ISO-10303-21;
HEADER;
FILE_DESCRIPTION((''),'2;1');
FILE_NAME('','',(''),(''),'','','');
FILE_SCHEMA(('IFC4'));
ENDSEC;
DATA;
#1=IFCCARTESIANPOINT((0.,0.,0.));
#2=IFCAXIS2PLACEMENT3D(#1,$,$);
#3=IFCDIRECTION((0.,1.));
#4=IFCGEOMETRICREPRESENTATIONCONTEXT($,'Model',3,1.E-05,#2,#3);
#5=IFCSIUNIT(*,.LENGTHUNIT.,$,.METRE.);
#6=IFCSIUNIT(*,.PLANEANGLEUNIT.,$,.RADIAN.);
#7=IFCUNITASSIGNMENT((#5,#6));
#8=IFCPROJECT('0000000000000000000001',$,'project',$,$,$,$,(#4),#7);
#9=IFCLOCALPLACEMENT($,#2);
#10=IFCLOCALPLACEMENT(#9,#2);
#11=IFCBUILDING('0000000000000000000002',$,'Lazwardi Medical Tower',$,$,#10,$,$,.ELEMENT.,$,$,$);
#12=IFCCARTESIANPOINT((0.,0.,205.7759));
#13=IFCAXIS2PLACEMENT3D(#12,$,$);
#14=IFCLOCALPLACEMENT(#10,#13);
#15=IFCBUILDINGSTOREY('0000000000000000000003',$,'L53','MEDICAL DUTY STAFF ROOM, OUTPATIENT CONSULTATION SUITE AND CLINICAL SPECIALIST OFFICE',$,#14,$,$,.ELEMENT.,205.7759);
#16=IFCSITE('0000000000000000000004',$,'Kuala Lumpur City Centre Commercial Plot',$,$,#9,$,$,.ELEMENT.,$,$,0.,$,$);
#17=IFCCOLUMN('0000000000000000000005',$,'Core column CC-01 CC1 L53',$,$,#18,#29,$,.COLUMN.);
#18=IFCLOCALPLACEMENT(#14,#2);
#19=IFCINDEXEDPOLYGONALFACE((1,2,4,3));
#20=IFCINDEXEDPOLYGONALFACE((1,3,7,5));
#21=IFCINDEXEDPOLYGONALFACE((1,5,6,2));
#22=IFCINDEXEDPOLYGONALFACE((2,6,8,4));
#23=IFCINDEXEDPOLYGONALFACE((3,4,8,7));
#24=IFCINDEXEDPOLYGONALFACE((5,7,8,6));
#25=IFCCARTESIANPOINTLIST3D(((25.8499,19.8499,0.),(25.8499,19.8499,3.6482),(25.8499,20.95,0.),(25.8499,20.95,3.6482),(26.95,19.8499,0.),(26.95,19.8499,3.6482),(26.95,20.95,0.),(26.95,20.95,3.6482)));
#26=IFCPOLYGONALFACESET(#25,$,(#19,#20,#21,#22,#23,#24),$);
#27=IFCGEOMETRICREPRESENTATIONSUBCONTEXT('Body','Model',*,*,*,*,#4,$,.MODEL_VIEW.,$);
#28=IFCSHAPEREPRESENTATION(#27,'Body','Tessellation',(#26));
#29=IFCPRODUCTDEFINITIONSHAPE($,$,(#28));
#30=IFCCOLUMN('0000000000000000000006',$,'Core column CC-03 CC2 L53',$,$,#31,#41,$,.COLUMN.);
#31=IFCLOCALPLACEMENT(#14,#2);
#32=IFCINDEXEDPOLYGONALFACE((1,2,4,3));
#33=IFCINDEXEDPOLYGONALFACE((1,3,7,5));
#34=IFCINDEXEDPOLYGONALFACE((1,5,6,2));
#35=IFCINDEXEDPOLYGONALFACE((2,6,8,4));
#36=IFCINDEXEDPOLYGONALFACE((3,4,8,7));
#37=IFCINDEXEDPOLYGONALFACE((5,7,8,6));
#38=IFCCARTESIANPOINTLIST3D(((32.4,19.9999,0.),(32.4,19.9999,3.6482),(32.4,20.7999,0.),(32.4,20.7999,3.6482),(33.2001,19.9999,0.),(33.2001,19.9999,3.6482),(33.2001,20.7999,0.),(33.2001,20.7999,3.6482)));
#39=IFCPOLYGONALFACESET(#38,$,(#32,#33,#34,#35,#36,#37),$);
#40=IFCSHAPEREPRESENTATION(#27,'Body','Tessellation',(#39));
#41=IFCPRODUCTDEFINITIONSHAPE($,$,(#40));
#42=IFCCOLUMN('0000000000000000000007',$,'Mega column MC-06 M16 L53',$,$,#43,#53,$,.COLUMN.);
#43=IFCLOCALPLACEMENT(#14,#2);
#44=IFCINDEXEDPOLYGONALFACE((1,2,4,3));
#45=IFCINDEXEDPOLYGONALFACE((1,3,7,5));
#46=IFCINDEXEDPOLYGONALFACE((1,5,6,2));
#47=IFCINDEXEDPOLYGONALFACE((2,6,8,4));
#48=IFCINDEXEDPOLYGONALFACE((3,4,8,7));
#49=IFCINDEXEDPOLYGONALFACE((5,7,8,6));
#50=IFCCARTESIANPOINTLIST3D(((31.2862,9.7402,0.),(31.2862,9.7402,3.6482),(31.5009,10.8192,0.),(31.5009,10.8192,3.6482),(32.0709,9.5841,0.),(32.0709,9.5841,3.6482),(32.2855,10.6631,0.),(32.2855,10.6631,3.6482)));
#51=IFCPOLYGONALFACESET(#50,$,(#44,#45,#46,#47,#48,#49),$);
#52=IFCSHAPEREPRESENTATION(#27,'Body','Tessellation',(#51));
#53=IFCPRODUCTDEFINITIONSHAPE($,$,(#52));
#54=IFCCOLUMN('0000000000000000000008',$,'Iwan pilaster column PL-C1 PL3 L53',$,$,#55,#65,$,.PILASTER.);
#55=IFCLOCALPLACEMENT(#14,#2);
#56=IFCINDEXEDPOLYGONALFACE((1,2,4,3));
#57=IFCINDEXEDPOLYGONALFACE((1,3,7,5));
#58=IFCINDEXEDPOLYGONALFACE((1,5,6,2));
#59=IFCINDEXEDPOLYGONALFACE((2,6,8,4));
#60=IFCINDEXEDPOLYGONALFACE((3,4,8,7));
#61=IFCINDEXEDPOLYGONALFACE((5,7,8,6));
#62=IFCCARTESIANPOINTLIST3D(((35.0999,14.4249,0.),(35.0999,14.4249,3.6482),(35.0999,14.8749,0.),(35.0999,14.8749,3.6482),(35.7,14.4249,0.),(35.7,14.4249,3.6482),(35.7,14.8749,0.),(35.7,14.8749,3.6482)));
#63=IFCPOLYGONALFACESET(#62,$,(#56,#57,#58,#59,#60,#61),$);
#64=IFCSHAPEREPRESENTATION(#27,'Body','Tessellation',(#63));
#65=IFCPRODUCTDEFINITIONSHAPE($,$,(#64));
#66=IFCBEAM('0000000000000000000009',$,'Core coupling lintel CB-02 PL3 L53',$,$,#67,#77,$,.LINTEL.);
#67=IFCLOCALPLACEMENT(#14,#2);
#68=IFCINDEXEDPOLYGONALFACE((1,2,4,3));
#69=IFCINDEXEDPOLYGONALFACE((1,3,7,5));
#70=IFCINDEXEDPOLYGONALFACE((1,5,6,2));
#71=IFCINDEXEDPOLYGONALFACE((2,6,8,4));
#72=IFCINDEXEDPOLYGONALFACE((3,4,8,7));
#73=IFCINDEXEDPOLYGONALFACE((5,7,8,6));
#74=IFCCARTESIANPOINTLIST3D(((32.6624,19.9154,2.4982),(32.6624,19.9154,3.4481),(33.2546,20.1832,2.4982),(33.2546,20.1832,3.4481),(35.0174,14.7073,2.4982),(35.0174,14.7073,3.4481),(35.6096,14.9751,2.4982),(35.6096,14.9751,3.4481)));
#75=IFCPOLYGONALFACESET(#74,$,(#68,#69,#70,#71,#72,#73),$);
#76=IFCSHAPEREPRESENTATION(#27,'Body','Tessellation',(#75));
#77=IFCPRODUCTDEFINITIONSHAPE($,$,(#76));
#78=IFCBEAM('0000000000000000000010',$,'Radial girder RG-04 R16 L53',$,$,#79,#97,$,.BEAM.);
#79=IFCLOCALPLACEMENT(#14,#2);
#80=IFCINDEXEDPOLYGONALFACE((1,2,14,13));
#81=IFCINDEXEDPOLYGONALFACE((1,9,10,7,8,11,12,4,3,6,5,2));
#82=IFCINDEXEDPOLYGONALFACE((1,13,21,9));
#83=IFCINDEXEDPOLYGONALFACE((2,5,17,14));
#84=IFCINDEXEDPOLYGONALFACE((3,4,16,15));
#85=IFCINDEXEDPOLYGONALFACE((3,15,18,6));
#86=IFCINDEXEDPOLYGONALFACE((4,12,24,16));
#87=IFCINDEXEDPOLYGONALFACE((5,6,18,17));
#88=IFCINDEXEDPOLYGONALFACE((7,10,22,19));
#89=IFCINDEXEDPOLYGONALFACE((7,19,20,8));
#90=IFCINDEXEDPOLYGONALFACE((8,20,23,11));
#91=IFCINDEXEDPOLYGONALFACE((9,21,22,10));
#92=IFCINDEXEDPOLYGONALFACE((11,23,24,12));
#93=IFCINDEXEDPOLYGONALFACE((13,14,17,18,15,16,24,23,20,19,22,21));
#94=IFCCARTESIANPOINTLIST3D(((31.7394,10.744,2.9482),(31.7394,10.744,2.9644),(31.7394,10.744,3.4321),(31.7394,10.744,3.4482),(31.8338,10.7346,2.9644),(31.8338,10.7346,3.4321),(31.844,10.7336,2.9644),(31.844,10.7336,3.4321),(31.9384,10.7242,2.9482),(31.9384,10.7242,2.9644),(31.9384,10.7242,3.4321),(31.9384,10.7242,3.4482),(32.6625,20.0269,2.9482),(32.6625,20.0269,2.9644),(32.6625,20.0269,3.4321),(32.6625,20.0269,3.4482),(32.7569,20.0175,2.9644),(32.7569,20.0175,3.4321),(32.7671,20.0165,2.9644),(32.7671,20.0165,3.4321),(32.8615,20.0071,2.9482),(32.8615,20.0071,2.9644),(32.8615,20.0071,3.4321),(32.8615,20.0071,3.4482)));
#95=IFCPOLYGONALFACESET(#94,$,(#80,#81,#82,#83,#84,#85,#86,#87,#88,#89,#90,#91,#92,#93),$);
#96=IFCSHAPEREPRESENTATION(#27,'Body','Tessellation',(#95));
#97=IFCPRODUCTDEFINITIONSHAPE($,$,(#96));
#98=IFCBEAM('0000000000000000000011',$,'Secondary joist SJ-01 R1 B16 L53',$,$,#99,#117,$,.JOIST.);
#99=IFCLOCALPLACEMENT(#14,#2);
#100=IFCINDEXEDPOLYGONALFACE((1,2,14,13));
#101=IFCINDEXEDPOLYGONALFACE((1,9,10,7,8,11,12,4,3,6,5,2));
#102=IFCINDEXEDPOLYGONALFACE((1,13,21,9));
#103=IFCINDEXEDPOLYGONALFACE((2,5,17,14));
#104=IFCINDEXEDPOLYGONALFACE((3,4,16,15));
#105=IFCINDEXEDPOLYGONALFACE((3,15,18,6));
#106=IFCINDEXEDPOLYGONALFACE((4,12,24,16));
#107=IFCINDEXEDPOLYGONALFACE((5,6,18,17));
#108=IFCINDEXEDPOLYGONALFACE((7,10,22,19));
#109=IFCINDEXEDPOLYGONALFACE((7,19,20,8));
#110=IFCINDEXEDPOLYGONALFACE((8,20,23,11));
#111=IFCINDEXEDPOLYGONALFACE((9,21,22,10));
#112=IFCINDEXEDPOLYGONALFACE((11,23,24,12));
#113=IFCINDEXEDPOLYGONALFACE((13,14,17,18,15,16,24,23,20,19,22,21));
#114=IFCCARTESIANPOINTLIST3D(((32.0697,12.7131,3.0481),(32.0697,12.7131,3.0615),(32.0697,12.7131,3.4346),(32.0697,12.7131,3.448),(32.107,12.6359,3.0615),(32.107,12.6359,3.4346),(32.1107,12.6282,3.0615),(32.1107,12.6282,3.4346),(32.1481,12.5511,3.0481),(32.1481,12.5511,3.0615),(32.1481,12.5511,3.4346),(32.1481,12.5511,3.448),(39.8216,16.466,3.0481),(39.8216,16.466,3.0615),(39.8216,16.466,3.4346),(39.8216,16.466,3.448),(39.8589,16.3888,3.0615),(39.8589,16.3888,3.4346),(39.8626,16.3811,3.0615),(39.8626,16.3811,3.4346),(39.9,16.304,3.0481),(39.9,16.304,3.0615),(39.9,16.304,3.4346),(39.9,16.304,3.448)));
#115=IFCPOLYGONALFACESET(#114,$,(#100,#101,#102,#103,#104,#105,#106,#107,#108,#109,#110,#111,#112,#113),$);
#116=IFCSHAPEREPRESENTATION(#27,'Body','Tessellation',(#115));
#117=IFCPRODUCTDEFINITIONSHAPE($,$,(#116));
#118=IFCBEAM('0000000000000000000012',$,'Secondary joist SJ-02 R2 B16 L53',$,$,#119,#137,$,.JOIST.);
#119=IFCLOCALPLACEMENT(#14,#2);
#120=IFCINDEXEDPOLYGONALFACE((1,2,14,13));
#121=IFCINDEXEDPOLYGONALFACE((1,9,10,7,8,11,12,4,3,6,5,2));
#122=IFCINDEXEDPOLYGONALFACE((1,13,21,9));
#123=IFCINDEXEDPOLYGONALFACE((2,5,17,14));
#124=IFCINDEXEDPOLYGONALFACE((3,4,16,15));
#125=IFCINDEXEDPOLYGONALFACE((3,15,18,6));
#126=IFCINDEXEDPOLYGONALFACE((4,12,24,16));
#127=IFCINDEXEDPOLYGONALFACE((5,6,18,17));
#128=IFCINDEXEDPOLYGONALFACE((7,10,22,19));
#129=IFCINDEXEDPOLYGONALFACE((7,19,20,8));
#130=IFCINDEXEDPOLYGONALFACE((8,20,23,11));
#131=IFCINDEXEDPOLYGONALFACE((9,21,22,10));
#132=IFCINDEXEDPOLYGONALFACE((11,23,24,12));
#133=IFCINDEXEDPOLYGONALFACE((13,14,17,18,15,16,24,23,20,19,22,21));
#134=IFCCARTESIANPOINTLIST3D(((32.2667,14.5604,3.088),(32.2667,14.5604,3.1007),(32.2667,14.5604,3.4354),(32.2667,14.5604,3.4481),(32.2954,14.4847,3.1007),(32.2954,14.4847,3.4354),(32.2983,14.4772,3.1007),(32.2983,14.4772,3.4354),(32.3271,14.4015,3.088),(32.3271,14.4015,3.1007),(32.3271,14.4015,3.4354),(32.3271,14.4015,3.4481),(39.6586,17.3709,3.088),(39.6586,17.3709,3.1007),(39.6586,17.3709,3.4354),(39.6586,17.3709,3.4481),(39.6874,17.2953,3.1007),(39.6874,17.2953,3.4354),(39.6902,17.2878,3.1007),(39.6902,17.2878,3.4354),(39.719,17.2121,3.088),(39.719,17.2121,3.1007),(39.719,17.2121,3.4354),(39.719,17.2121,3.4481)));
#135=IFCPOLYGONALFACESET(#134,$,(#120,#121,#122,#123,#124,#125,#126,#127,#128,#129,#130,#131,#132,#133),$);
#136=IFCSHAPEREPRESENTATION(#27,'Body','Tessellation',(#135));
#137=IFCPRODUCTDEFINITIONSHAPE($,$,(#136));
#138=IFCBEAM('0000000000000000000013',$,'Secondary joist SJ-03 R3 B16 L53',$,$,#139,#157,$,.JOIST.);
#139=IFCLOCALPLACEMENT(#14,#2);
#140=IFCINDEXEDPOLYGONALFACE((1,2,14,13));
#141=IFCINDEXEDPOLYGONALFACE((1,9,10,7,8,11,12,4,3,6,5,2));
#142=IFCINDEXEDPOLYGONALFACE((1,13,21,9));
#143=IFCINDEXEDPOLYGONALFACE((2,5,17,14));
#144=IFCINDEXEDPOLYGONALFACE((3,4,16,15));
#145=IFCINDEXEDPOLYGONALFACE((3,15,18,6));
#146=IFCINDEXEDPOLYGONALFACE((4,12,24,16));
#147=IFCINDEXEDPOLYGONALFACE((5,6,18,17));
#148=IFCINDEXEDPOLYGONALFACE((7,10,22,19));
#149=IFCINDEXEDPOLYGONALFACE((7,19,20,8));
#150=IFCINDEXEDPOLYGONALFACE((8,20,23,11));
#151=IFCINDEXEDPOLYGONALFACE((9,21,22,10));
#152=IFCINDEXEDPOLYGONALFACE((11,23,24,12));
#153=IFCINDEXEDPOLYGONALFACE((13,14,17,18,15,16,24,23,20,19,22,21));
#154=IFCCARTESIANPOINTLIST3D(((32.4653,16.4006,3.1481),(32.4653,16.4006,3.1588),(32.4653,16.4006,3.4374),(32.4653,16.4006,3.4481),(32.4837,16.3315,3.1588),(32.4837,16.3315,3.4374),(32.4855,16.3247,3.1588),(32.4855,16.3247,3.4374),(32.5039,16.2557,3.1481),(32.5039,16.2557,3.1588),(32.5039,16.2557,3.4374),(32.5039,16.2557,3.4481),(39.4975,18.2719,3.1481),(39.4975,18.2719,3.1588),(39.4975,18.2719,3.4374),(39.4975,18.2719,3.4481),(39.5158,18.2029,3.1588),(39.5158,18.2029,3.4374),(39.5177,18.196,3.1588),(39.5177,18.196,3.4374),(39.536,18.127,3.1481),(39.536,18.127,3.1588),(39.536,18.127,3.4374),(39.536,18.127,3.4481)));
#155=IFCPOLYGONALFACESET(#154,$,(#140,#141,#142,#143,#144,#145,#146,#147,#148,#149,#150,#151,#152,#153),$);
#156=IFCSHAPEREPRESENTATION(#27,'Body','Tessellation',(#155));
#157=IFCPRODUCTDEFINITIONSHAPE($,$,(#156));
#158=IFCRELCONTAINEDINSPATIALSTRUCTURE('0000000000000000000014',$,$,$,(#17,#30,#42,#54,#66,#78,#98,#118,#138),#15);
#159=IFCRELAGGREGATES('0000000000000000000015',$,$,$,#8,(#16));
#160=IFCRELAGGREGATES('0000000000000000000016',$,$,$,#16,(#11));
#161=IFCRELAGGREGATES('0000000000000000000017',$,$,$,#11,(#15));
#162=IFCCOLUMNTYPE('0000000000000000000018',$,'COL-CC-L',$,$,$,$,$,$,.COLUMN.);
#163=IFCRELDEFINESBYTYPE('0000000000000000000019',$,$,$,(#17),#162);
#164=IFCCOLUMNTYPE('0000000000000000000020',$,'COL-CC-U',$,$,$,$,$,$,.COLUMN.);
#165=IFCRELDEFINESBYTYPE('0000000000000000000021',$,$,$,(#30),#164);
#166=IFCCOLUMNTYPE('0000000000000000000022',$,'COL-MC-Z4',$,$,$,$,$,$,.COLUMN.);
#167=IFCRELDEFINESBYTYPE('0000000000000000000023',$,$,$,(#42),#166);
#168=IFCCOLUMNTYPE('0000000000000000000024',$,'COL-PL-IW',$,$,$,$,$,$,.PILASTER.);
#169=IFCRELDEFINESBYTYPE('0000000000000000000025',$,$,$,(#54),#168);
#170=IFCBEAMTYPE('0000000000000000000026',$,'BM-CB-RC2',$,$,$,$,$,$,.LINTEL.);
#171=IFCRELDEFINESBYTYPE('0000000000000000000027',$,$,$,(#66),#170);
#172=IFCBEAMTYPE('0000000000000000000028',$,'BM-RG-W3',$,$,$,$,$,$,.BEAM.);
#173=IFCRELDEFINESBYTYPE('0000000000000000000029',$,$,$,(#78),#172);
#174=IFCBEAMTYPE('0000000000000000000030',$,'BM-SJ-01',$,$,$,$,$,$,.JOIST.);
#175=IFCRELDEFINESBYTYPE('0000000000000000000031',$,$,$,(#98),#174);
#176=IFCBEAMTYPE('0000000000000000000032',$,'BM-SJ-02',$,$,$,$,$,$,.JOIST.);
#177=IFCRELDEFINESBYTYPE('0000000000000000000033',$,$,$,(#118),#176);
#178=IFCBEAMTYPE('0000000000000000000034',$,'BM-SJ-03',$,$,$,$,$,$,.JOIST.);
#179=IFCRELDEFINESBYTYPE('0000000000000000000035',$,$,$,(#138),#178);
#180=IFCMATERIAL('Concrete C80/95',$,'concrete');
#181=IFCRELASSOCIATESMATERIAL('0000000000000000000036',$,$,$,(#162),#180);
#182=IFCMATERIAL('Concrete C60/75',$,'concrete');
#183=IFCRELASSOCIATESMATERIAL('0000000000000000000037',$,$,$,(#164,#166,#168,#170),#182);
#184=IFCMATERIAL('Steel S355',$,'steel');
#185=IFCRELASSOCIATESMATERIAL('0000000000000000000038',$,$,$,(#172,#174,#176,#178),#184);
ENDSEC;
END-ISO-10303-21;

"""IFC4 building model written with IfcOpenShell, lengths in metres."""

from ifc_helpers import new_model, si_unit, direction, frame, origin, origin_2d, place, context, subcontext, project, spatial, rectangle, i_section, extrude, material, material_profile, profile_set, type_object, element, save


model = new_model("IFC4")

# Units and contexts
model_context = context("Model", 3, precision=1e-05, world=origin(), true_north=direction((0.0, 1.0)))
body_context = subcontext(model_context, "Body", "Model", "MODEL_VIEW")
ifc_project = project(units=[si_unit("LENGTHUNIT", "METRE"), si_unit("PLANEANGLEUNIT", "RADIAN")], contexts=[model_context])

# Site, building, storey
site_placement = place(None, origin())
site = spatial("IfcSite", under=ifc_project, at=site_placement, Name="Kuala Lumpur City Centre Commercial Plot", CompositionType="ELEMENT", RefElevation=0.0)
building_placement = place(site_placement, origin())
building = spatial("IfcBuilding", under=site, at=building_placement, Name="Lazwardi Medical Tower", CompositionType="ELEMENT")
storey_placement = place(building_placement, frame((0.0, 0.0, 205.7759)))
storey = spatial("IfcBuildingStorey", under=building, at=storey_placement, Name="L53", Description="MEDICAL DUTY STAFF ROOM, OUTPATIENT CONSULTATION SUITE AND CLINICAL SPECIALIST OFFICE", CompositionType="ELEMENT", Elevation=205.7759)

# Columns
ifc_material_1 = material(Name="Concrete C80/95", Category="concrete")
ifc_material_profile_1 = material_profile(ifc_material_1, rectangle(XDim=1.1001, YDim=1.1001, at=origin_2d()), Name="RC 1100x1100")
ifc_profile_set_1 = profile_set([ifc_material_profile_1], Name="Concrete C80/95")
column_type_1 = type_object("IfcColumnType", Name="COL-CC-L", PredefinedType="COLUMN", material=ifc_profile_set_1)
column_1_placement = place(storey_placement, frame((26.3999, 20.3999, 0.0), z_axis=(0.0, 0.0, 1.0), x_axis=(1.0, 0.0, 0.0)))
element("IfcColumn", 1, at=column_1_placement, inside=storey, type_object=column_type_1, Name="Core column CC-01 CC1 L53", PredefinedType="COLUMN", context=body_context, shape_type="SweptSolid", body=[
    extrude(rectangle(XDim=1.1001, YDim=1.1001, at=origin_2d()), origin(), (0.0, 0.0, 1.0), 3.6482),
])
ifc_material_2 = material(Name="Concrete C60/75", Category="concrete")
ifc_material_profile_2 = material_profile(ifc_material_2, rectangle(XDim=0.8, YDim=0.8, at=origin_2d()), Name="RC 800x800")
ifc_profile_set_2 = profile_set([ifc_material_profile_2], Name="Concrete C60/75")
column_type_2 = type_object("IfcColumnType", Name="COL-CC-U", PredefinedType="COLUMN", material=ifc_profile_set_2)
column_2_placement = place(storey_placement, frame((32.8, 20.3999, 0.0), z_axis=(0.0, 0.0, 1.0), x_axis=(1.0, 0.0, 0.0)))
element("IfcColumn", 2, at=column_2_placement, inside=storey, type_object=column_type_2, Name="Core column CC-03 CC2 L53", PredefinedType="COLUMN", context=body_context, shape_type="SweptSolid", body=[
    extrude(rectangle(XDim=0.8, YDim=0.8, at=origin_2d()), origin(), (0.0, 0.0, 1.0), 3.6482),
])
ifc_material_profile_3 = material_profile(ifc_material_2, rectangle(XDim=1.1001, YDim=0.8, at=origin_2d()), Name="CFT-RECT 1100x800")
ifc_profile_set_3 = profile_set([ifc_material_profile_3], Name="Concrete C60/75")
column_type_3 = type_object("IfcColumnType", Name="COL-MC-Z4", PredefinedType="COLUMN", material=ifc_profile_set_3)
column_3_placement = place(storey_placement, frame((31.7859, 10.2017, 0.0), z_axis=(0.0, 0.0, 1.0), x_axis=(-0.19509, -0.980785, 0.0)))
element("IfcColumn", 3, at=column_3_placement, inside=storey, type_object=column_type_3, Name="Mega column MC-06 M16 L53", PredefinedType="COLUMN", context=body_context, shape_type="SweptSolid", body=[
    extrude(rectangle(XDim=1.1001, YDim=0.8, at=origin_2d()), origin(), (0.0, 0.0, 1.0), 3.6482),
])
ifc_material_profile_4 = material_profile(ifc_material_2, rectangle(XDim=0.6001, YDim=0.45, at=origin_2d()), Name="RC 600x450")
ifc_profile_set_4 = profile_set([ifc_material_profile_4], Name="Concrete C60/75")
column_type_4 = type_object("IfcColumnType", Name="COL-PL-IW", PredefinedType="PILASTER", material=ifc_profile_set_4)
column_4_placement = place(storey_placement, frame((35.3999, 14.6499, 0.0), z_axis=(0.0, 0.0, 1.0), x_axis=(1.0, 0.0, 0.0)))
element("IfcColumn", 4, at=column_4_placement, inside=storey, type_object=column_type_4, Name="Iwan pilaster column PL-C1 PL3 L53", PredefinedType="PILASTER", context=body_context, shape_type="SweptSolid", body=[
    extrude(rectangle(XDim=0.6001, YDim=0.45, at=origin_2d()), origin(), (0.0, 0.0, 1.0), 3.6482),
])

# Beams
ifc_material_profile_5 = material_profile(ifc_material_2, rectangle(XDim=0.6499, YDim=0.95, at=origin_2d()), Name="RC 650x950")
ifc_profile_set_5 = profile_set([ifc_material_profile_5], Name="Concrete C60/75")
beam_type_1 = type_object("IfcBeamType", Name="BM-CB-RC2", PredefinedType="LINTEL", material=ifc_profile_set_5)
beam_1_placement = place(storey_placement, frame((32.9585, 20.0493, 2.9731), z_axis=(0.412019, -0.911175, 0.0), x_axis=(0.911175, 0.412019, 0.0)))
element("IfcBeam", 5, at=beam_1_placement, inside=storey, type_object=beam_type_1, Name="Core coupling lintel CB-02 PL3 L53", PredefinedType="LINTEL", context=body_context, shape_type="SweptSolid", body=[
    extrude(rectangle(XDim=0.6499, YDim=0.95, at=origin_2d()), origin(), (0.0, 0.0, 1.0), 5.7158),
])
ifc_material_3 = material(Name="Steel S355", Category="steel")
ifc_material_profile_6 = material_profile(ifc_material_3, i_section(OverallWidth=0.2, OverallDepth=0.5, WebThickness=0.0103, FlangeThickness=0.0161, at=origin_2d()), Name="IPE 500")
ifc_profile_set_6 = profile_set([ifc_material_profile_6], Name="Steel S355")
beam_type_2 = type_object("IfcBeamType", Name="BM-RG-W3", PredefinedType="BEAM", material=ifc_profile_set_6)
beam_2_placement = place(storey_placement, frame((31.8389, 10.7341, 3.1982), z_axis=(0.098954, 0.995092, 0.0), x_axis=(-0.995092, 0.098954, 0.0)))
element("IfcBeam", 6, at=beam_2_placement, inside=storey, type_object=beam_type_2, Name="Radial girder RG-04 R16 L53", PredefinedType="BEAM", context=body_context, shape_type="SweptSolid", body=[
    extrude(i_section(OverallWidth=0.2, OverallDepth=0.5, WebThickness=0.0103, FlangeThickness=0.0161, at=origin_2d()), origin(), (0.0, 0.0, 1.0), 9.3286),
])
ifc_material_profile_7 = material_profile(ifc_material_3, i_section(OverallWidth=0.1799, OverallDepth=0.3999, WebThickness=0.0085, FlangeThickness=0.0134, at=origin_2d()), Name="IPE 400")
ifc_profile_set_7 = profile_set([ifc_material_profile_7], Name="Steel S355")
beam_type_3 = type_object("IfcBeamType", Name="BM-SJ-01", PredefinedType="JOIST", material=ifc_profile_set_7)
beam_3_placement = place(storey_placement, frame((32.1089, 12.6321, 3.248), z_axis=(0.900069, 0.435748, 0.0), x_axis=(-0.435748, 0.900069, 0.0)))
element("IfcBeam", 7, at=beam_3_placement, inside=storey, type_object=beam_type_3, Name="Secondary joist SJ-01 R1 B16 L53", PredefinedType="JOIST", context=body_context, shape_type="SweptSolid", body=[
    extrude(i_section(OverallWidth=0.1799, OverallDepth=0.3999, WebThickness=0.0085, FlangeThickness=0.0134, at=origin_2d()), origin(), (0.0, 0.0, 1.0), 8.6125),
])
ifc_material_profile_8 = material_profile(ifc_material_3, i_section(OverallWidth=0.1699, OverallDepth=0.3601, WebThickness=0.0081, FlangeThickness=0.0127, at=origin_2d()), Name="IPE 360")
ifc_profile_set_8 = profile_set([ifc_material_profile_8], Name="Steel S355")
beam_type_4 = type_object("IfcBeamType", Name="BM-SJ-02", PredefinedType="JOIST", material=ifc_profile_set_8)
beam_4_placement = place(storey_placement, frame((32.2969, 14.481, 3.2681), z_axis=(0.934714, 0.3554, 0.0), x_axis=(-0.3554, 0.934714, 0.0)))
element("IfcBeam", 8, at=beam_4_placement, inside=storey, type_object=beam_type_4, Name="Secondary joist SJ-02 R2 B16 L53", PredefinedType="JOIST", context=body_context, shape_type="SweptSolid", body=[
    extrude(i_section(OverallWidth=0.1699, OverallDepth=0.3601, WebThickness=0.0081, FlangeThickness=0.0127, at=origin_2d()), origin(), (0.0, 0.0, 1.0), 7.9082),
])
ifc_material_profile_9 = material_profile(ifc_material_3, i_section(OverallWidth=0.1499, OverallDepth=0.3, WebThickness=0.0071, FlangeThickness=0.0107, at=origin_2d()), Name="IPE 300")
ifc_profile_set_9 = profile_set([ifc_material_profile_9], Name="Steel S355")
beam_type_5 = type_object("IfcBeamType", Name="BM-SJ-03", PredefinedType="JOIST", material=ifc_profile_set_9)
beam_5_placement = place(storey_placement, frame((32.4846, 16.3281, 3.2981), z_axis=(0.966369, 0.257159, 0.0), x_axis=(-0.257159, 0.966369, 0.0)))
element("IfcBeam", 9, at=beam_5_placement, inside=storey, type_object=beam_type_5, Name="Secondary joist SJ-03 R3 B16 L53", PredefinedType="JOIST", context=body_context, shape_type="SweptSolid", body=[
    extrude(i_section(OverallWidth=0.1499, OverallDepth=0.3, WebThickness=0.0071, FlangeThickness=0.0107, at=origin_2d()), origin(), (0.0, 0.0, 1.0), 7.2769),
])

save(model, "model.ifc")
